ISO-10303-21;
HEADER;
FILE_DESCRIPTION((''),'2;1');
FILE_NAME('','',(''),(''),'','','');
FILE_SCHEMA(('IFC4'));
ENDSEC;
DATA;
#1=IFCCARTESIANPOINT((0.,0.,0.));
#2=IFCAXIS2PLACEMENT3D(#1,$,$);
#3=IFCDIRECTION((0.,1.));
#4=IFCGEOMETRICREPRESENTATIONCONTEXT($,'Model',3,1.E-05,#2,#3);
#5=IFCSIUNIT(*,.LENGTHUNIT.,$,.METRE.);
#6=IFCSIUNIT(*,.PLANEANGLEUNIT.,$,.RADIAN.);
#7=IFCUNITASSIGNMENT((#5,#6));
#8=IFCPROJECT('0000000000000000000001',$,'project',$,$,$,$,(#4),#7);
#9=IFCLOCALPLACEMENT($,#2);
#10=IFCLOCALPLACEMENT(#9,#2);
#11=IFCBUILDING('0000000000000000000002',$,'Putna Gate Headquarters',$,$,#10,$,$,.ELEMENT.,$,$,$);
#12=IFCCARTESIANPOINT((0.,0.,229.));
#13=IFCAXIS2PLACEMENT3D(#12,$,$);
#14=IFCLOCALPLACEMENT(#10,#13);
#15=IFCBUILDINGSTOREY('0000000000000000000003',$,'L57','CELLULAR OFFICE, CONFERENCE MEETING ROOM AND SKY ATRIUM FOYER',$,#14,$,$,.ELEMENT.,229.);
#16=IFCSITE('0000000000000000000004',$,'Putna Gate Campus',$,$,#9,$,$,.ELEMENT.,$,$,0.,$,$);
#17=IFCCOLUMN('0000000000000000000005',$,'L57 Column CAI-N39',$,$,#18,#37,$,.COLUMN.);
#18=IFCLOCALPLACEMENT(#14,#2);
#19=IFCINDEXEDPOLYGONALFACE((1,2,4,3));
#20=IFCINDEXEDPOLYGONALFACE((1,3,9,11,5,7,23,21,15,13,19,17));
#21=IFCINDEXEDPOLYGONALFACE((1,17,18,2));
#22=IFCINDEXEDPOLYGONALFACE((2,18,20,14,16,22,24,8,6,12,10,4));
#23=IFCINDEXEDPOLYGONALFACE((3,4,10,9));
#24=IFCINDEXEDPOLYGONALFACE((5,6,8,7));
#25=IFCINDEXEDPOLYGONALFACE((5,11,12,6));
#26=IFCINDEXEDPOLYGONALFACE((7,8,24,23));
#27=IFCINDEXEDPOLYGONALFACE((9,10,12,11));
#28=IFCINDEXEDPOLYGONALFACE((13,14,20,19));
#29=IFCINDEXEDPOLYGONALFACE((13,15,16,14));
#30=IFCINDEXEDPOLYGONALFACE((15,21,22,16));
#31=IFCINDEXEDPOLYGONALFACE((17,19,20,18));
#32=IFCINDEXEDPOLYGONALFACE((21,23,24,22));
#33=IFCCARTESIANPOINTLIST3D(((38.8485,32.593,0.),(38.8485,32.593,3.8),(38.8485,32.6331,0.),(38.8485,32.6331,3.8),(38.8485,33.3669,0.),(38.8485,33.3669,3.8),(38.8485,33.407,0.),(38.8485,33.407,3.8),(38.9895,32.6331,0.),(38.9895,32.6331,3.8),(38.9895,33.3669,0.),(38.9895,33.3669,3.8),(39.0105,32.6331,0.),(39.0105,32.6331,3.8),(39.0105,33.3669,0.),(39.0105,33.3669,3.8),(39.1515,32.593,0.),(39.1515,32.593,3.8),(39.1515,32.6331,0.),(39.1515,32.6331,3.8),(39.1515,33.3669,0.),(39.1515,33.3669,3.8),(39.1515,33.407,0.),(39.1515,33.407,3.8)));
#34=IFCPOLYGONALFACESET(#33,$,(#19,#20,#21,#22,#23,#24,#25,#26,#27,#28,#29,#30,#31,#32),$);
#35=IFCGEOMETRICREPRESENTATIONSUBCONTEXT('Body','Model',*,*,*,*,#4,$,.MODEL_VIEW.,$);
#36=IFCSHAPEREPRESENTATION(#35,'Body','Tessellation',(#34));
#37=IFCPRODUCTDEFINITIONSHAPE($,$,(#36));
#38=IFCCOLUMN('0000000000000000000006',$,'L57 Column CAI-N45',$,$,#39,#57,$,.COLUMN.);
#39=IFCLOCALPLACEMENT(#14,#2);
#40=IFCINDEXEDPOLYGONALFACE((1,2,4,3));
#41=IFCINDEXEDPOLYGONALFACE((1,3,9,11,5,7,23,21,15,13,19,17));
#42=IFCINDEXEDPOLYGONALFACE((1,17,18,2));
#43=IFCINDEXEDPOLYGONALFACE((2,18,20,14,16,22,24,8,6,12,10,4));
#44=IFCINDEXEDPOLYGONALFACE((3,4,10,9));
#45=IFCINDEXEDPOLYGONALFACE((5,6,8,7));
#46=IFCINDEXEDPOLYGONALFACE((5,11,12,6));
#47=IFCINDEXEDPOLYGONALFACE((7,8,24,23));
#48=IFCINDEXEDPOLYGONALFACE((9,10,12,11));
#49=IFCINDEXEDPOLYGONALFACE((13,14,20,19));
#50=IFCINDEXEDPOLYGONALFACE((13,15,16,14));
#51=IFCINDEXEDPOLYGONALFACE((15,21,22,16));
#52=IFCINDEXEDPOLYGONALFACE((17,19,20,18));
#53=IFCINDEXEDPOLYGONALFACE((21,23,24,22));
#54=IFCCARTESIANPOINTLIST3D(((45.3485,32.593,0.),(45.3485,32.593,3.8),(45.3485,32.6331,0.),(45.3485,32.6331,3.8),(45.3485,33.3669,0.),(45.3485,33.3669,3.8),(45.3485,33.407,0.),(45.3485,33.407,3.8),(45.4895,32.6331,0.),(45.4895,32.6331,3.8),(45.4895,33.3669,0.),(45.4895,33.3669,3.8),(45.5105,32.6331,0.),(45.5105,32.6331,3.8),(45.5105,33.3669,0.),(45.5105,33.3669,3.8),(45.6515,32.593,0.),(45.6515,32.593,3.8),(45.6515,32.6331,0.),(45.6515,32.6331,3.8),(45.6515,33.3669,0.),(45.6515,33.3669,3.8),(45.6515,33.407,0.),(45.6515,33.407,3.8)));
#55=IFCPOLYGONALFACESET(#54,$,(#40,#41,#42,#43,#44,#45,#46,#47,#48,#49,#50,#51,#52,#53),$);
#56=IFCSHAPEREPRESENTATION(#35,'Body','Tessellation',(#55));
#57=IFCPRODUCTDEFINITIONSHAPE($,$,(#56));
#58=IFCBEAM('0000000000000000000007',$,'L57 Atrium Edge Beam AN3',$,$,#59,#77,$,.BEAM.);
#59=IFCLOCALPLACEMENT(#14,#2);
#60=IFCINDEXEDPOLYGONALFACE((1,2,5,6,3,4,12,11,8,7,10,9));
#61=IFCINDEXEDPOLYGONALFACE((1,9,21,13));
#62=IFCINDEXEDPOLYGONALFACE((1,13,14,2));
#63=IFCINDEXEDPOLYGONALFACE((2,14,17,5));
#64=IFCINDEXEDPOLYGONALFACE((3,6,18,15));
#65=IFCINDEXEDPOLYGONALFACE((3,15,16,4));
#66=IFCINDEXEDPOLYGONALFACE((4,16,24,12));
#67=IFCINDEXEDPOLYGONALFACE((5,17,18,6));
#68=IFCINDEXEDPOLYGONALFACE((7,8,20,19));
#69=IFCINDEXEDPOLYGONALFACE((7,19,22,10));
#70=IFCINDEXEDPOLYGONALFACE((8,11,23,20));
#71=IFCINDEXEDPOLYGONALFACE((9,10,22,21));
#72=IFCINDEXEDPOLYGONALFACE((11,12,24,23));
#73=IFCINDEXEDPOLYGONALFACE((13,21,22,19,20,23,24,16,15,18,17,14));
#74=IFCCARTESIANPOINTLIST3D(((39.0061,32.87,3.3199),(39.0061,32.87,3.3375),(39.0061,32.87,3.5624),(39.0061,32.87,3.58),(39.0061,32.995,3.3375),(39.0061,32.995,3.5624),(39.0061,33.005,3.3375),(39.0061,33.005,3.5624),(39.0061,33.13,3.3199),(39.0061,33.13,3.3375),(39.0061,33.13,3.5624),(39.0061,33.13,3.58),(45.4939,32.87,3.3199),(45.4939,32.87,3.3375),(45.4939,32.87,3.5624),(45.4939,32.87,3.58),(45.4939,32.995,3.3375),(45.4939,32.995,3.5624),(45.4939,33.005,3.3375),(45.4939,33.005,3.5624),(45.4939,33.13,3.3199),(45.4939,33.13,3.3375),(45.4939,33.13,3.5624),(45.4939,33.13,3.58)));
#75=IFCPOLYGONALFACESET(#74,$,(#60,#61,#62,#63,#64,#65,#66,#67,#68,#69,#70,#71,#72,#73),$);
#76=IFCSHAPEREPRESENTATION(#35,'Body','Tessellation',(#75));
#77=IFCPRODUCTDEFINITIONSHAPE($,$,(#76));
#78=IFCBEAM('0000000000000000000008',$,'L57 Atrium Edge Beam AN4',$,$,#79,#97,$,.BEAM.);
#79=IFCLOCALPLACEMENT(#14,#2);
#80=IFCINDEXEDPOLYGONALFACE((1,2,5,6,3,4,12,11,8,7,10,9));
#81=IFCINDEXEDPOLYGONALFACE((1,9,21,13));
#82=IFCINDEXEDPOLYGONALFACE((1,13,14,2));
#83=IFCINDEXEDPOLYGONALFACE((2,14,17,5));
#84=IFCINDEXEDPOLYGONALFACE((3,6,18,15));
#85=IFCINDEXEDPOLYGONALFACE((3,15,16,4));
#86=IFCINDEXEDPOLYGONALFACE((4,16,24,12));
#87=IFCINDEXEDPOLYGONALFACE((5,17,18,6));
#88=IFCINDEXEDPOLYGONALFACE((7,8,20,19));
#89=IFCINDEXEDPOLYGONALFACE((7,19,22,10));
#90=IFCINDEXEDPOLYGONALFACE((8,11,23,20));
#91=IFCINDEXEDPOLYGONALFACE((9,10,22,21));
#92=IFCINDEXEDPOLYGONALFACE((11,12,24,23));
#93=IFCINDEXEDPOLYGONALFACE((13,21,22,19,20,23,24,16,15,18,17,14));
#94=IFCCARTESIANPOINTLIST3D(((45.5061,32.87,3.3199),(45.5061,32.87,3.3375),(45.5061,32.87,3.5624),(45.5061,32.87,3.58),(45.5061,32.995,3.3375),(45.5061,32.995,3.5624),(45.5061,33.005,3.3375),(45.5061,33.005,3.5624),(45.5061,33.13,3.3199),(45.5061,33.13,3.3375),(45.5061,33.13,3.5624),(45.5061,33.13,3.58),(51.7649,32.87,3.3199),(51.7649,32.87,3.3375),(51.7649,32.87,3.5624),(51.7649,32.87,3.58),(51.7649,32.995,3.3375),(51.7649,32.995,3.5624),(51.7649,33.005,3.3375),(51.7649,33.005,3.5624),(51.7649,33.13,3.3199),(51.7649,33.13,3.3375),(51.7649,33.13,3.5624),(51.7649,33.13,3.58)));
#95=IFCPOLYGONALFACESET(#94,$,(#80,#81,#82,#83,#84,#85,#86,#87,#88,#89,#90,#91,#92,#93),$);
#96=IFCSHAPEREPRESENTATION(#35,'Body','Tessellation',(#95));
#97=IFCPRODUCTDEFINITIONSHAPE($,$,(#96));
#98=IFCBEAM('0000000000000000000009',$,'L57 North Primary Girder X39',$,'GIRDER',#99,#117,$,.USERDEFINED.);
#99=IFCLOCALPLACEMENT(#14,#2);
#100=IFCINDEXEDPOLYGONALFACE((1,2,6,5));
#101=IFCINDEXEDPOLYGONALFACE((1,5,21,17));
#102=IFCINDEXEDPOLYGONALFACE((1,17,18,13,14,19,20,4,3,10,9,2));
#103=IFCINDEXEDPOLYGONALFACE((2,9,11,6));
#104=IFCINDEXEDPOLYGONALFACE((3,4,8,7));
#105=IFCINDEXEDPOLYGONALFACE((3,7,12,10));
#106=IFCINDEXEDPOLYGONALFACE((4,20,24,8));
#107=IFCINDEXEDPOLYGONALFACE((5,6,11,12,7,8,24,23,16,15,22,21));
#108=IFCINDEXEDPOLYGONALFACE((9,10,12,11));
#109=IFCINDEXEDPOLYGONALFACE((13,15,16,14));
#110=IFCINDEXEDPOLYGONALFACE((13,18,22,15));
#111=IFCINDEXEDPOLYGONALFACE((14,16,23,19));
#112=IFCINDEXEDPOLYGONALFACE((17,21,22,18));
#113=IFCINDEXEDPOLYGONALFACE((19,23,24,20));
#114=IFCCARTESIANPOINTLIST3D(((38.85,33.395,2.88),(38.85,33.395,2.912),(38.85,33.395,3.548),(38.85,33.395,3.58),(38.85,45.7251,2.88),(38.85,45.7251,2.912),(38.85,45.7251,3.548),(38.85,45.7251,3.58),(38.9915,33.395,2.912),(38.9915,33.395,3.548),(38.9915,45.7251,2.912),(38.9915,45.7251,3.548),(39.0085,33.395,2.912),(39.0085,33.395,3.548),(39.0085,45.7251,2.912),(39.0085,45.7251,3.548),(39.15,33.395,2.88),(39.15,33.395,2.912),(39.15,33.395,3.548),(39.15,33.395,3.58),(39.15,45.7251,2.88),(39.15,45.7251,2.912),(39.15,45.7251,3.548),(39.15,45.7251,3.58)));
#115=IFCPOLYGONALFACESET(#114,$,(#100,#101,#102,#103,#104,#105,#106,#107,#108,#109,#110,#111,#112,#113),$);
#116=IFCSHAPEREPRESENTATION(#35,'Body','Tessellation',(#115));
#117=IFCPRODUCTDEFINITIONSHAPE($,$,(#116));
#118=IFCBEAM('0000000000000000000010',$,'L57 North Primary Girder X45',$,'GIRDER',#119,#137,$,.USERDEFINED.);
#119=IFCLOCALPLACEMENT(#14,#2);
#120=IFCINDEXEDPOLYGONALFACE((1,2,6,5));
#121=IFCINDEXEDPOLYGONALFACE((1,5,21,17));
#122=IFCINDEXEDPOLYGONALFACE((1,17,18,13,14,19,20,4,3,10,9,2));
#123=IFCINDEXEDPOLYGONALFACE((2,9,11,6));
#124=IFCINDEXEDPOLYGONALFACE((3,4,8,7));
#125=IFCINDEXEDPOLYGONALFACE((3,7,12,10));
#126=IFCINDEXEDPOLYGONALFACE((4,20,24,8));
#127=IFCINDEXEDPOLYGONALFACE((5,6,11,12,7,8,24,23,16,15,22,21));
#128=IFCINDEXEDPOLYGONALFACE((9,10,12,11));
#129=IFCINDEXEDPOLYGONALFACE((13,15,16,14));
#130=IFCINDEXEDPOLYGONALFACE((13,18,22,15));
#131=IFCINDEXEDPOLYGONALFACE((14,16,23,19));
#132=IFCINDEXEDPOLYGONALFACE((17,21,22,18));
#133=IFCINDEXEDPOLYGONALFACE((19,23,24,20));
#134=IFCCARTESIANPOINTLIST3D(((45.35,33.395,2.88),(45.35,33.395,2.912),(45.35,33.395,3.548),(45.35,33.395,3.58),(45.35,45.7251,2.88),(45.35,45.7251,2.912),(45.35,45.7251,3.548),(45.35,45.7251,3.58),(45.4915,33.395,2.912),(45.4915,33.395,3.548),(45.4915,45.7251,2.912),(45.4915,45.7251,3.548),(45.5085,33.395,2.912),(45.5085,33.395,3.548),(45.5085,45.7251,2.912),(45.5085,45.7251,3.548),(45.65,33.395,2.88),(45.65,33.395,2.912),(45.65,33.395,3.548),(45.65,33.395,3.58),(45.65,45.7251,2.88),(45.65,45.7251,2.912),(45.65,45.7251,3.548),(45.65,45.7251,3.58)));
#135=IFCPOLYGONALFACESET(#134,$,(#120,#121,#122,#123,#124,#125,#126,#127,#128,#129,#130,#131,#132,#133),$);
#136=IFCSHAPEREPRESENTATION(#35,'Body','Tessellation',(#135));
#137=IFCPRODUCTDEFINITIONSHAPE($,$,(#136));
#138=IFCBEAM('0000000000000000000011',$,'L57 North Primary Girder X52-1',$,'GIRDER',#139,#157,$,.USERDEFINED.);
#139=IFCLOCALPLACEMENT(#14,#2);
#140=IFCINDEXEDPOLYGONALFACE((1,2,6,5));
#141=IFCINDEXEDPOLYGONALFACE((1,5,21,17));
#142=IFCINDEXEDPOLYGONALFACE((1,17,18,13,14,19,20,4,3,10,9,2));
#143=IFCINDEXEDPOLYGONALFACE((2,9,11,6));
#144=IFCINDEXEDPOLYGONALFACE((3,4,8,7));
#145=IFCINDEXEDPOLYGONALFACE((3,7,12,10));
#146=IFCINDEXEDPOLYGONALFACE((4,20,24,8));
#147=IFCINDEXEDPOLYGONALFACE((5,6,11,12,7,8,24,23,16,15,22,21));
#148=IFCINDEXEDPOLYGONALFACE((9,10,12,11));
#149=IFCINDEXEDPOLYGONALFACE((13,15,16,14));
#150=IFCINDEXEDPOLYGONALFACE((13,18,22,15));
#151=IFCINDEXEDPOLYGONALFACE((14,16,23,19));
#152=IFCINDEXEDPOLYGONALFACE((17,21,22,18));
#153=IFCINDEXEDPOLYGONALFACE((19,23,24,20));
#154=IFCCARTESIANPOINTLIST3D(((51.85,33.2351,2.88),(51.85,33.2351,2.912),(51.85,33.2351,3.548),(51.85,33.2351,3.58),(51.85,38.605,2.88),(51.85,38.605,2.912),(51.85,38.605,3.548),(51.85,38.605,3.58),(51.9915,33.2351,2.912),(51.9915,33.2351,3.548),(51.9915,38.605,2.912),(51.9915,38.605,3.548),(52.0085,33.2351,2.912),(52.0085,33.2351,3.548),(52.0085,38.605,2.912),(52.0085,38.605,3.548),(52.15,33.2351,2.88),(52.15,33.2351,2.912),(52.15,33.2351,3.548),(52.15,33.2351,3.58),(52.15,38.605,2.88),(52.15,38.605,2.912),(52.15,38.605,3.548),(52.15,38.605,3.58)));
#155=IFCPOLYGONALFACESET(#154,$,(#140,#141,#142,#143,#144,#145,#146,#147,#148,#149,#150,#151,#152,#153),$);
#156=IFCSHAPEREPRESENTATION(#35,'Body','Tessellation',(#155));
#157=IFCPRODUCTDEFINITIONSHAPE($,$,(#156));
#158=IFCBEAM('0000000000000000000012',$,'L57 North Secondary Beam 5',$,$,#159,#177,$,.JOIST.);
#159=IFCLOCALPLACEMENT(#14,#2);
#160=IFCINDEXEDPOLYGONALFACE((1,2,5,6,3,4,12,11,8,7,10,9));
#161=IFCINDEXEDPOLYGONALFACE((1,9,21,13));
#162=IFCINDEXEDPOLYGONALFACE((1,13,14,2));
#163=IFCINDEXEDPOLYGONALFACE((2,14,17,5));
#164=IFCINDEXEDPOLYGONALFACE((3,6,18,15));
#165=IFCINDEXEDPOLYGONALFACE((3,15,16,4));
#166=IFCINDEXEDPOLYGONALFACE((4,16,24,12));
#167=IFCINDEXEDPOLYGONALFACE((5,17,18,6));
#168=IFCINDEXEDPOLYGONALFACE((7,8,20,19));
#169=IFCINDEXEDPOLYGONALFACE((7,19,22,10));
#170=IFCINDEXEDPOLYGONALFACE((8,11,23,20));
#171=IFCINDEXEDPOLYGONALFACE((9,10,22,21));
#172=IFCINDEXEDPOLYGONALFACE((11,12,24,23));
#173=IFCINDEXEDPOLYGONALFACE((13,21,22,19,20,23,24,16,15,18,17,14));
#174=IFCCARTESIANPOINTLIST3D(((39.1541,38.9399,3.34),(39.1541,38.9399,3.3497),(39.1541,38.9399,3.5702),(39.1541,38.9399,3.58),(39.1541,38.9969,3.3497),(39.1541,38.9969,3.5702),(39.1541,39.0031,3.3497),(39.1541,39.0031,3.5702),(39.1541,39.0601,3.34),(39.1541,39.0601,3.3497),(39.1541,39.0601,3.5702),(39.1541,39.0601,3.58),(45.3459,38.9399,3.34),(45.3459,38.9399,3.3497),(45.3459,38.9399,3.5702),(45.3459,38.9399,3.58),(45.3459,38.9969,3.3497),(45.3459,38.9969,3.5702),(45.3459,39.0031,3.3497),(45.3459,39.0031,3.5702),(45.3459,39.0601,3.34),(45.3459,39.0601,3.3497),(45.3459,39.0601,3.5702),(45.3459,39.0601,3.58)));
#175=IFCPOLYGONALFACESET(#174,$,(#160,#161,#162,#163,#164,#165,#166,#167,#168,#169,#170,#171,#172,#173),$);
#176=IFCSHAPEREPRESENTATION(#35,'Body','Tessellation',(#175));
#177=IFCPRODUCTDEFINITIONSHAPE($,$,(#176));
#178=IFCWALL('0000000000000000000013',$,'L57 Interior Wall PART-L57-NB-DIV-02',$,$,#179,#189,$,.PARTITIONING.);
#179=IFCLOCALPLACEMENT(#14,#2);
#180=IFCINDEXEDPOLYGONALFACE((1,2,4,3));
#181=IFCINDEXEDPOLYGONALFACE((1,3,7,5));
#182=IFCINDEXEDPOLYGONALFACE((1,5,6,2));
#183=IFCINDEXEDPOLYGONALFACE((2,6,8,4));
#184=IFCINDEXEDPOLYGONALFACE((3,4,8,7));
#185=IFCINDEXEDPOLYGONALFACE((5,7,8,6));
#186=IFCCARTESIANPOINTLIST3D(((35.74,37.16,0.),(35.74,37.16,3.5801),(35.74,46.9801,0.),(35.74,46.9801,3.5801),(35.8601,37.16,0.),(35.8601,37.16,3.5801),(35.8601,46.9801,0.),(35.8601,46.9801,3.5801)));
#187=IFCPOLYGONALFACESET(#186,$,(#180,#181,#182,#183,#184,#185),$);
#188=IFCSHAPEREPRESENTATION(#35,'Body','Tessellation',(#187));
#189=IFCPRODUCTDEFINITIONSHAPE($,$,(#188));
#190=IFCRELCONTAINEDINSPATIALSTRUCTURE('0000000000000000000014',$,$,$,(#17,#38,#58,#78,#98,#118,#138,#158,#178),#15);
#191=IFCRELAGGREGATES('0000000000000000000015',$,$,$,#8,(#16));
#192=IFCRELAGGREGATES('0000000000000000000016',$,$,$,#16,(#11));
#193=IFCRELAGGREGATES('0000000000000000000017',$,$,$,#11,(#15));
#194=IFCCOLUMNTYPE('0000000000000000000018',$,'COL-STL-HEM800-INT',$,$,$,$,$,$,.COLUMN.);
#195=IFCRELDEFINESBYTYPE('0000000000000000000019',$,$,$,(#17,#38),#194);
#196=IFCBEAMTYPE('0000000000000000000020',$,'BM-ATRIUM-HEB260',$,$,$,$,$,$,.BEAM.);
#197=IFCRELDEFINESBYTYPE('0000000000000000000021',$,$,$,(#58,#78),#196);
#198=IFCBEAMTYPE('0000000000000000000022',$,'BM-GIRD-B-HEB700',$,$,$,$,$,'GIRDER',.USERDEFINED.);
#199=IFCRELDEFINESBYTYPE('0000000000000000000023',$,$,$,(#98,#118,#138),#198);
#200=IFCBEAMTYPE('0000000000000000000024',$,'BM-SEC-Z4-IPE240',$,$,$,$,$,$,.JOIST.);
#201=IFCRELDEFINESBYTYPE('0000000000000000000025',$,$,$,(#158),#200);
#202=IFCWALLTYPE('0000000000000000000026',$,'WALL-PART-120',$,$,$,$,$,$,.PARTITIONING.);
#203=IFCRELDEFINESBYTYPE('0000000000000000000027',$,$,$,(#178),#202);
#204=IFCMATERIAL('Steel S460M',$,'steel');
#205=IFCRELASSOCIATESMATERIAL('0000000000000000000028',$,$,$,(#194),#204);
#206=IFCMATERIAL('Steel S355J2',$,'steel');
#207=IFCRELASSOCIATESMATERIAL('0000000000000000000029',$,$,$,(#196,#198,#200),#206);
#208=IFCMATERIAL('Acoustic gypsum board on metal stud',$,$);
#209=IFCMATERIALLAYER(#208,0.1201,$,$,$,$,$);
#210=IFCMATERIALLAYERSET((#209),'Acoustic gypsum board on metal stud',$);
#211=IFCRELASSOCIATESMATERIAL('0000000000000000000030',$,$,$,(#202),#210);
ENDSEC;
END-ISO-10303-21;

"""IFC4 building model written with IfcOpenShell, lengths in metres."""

from ifc_helpers import new_model, si_unit, direction, frame, frame_2d, origin, origin_2d, place, context, subcontext, project, spatial, rectangle, i_section, extrude, material, layer, layer_set, material_profile, profile_set, type_object, element, save


model = new_model("IFC4")

# Units and contexts
model_context = context("Model", 3, precision=1e-05, world=origin(), true_north=direction((0.0, 1.0)))
body_context = subcontext(model_context, "Body", "Model", "MODEL_VIEW")
ifc_project = project(units=[si_unit("LENGTHUNIT", "METRE"), si_unit("PLANEANGLEUNIT", "RADIAN")], contexts=[model_context])

# Site, building, storey
site_placement = place(None, origin())
site = spatial("IfcSite", under=ifc_project, at=site_placement, Name="Putna Gate Campus", CompositionType="ELEMENT", RefElevation=0.0)
building_placement = place(site_placement, origin())
building = spatial("IfcBuilding", under=site, at=building_placement, Name="Putna Gate Headquarters", CompositionType="ELEMENT")
storey_placement = place(building_placement, frame((0.0, 0.0, 229.0)))
storey = spatial("IfcBuildingStorey", under=building, at=storey_placement, Name="L57", Description="CELLULAR OFFICE, CONFERENCE MEETING ROOM AND SKY ATRIUM FOYER", CompositionType="ELEMENT", Elevation=229.0)

# Columns
ifc_material_1 = material(Name="Steel S460M", Category="steel")
ifc_material_profile_1 = material_profile(ifc_material_1, i_section(OverallWidth=0.303, OverallDepth=0.814, WebThickness=0.021, FlangeThickness=0.04, at=origin_2d()), Name="Steel S460M")
ifc_profile_set_1 = profile_set([ifc_material_profile_1], Name="Steel S460M")
column_type = type_object("IfcColumnType", Name="COL-STL-HEM800-INT", PredefinedType="COLUMN", material=ifc_profile_set_1)
for number, where, z_axis, x_axis, name in (
    (1, (39.0, 33.0, 0.0), (0.0, 0.0, 1.0), (1.0, 0.0, 0.0), "L57 Column CAI-N39"),
    (2, (45.5, 33.0, 0.0), (0.0, 0.0, 1.0), (1.0, 0.0, 0.0), "L57 Column CAI-N45"),
):
    element("IfcColumn", number, at=place(storey_placement, frame(where, z_axis=z_axis, x_axis=x_axis)), inside=storey, type_object=column_type, Name=name, PredefinedType="COLUMN", context=body_context, shape_type="SweptSolid", body=[
        extrude(i_section(OverallWidth=0.303, OverallDepth=0.814, WebThickness=0.021, FlangeThickness=0.04, at=origin_2d()), origin(), (0.0, 0.0, 1.0), 3.8),
    ])

# Beams
ifc_material_2 = material(Name="Steel S355J2", Category="steel")
ifc_material_profile_2 = material_profile(ifc_material_2, i_section(OverallWidth=0.26, OverallDepth=0.26, WebThickness=0.01, FlangeThickness=0.0176, at=origin_2d()), Name="Steel S355J2")
ifc_profile_set_2 = profile_set([ifc_material_profile_2], Name="Steel S355J2")
beam_type_1 = type_object("IfcBeamType", Name="BM-ATRIUM-HEB260", PredefinedType="BEAM", material=ifc_profile_set_2)
beam_1_placement = place(storey_placement, frame((39.0061, 33.0, 3.45), z_axis=(1.0, 0.0, 0.0), x_axis=(0.0, 1.0, 0.0)))
element("IfcBeam", 3, at=beam_1_placement, inside=storey, type_object=beam_type_1, Name="L57 Atrium Edge Beam AN3", PredefinedType="BEAM", context=body_context, shape_type="SweptSolid", body=[
    extrude(i_section(OverallWidth=0.26, OverallDepth=0.26, WebThickness=0.01, FlangeThickness=0.0176, at=origin_2d()), origin(), (0.0, 0.0, 1.0), 6.4878),
])
beam_2_placement = place(storey_placement, frame((45.5061, 33.0, 3.45), z_axis=(1.0, 0.0, 0.0), x_axis=(0.0, 1.0, 0.0)))
element("IfcBeam", 4, at=beam_2_placement, inside=storey, type_object=beam_type_1, Name="L57 Atrium Edge Beam AN4", PredefinedType="BEAM", context=body_context, shape_type="SweptSolid", body=[
    extrude(i_section(OverallWidth=0.26, OverallDepth=0.26, WebThickness=0.01, FlangeThickness=0.0176, at=origin_2d()), origin(), (0.0, 0.0, 1.0), 6.2588),
])
ifc_material_profile_3 = material_profile(ifc_material_2, i_section(OverallWidth=0.3, OverallDepth=0.7, WebThickness=0.0171, FlangeThickness=0.032, at=origin_2d()), Name="Steel S355J2")
ifc_profile_set_3 = profile_set([ifc_material_profile_3], Name="Steel S355J2")
beam_type_2 = type_object("IfcBeamType", Name="BM-GIRD-B-HEB700", ElementType="GIRDER", PredefinedType="USERDEFINED", material=ifc_profile_set_3)
for number, where, z_axis, x_axis, name in (
    (5, (39.0, 33.395, 3.23), (0.0, 1.0, 0.0), (-1.0, 0.0, 0.0), "L57 North Primary Girder X39"),
    (6, (45.5, 33.395, 3.23), (0.0, 1.0, 0.0), (-1.0, 0.0, 0.0), "L57 North Primary Girder X45"),
):
    element("IfcBeam", number, at=place(storey_placement, frame(where, z_axis=z_axis, x_axis=x_axis)), inside=storey, type_object=beam_type_2, Name=name, ObjectType="GIRDER", PredefinedType="USERDEFINED", context=body_context, shape_type="SweptSolid", body=[
        extrude(i_section(OverallWidth=0.3, OverallDepth=0.7, WebThickness=0.0171, FlangeThickness=0.032, at=origin_2d()), origin(), (0.0, 0.0, 1.0), 12.3301),
    ])
beam_3_placement = place(storey_placement, frame((52.0, 33.2351, 3.23), z_axis=(0.0, 1.0, 0.0), x_axis=(-1.0, 0.0, 0.0)))
element("IfcBeam", 7, at=beam_3_placement, inside=storey, type_object=beam_type_2, Name="L57 North Primary Girder X52-1", ObjectType="GIRDER", PredefinedType="USERDEFINED", context=body_context, shape_type="SweptSolid", body=[
    extrude(i_section(OverallWidth=0.3, OverallDepth=0.7, WebThickness=0.0171, FlangeThickness=0.032, at=origin_2d()), origin(), (0.0, 0.0, 1.0), 5.3699),
])
ifc_material_profile_4 = material_profile(ifc_material_2, i_section(OverallWidth=0.1201, OverallDepth=0.24, WebThickness=0.0061, FlangeThickness=0.0098, at=origin_2d()), Name="Steel S355J2")
ifc_profile_set_4 = profile_set([ifc_material_profile_4], Name="Steel S355J2")
beam_type_3 = type_object("IfcBeamType", Name="BM-SEC-Z4-IPE240", PredefinedType="JOIST", material=ifc_profile_set_4)
beam_4_placement = place(storey_placement, frame((39.1541, 39.0, 3.46), z_axis=(1.0, 0.0, 0.0), x_axis=(0.0, 1.0, 0.0)))
element("IfcBeam", 8, at=beam_4_placement, inside=storey, type_object=beam_type_3, Name="L57 North Secondary Beam 5", PredefinedType="JOIST", context=body_context, shape_type="SweptSolid", body=[
    extrude(i_section(OverallWidth=0.1201, OverallDepth=0.24, WebThickness=0.0061, FlangeThickness=0.0098, at=origin_2d()), origin(), (0.0, 0.0, 1.0), 6.1919),
])

# Shared definitions
ifc_material_3 = material(Name="Acoustic gypsum board on metal stud")
ifc_layer_1 = layer(ifc_material_3, 0.1201)
ifc_layer_set_1 = layer_set([ifc_layer_1], Name="Acoustic gypsum board on metal stud")
wall_type_1 = type_object("IfcWallType", Name="WALL-PART-120", PredefinedType="PARTITIONING", material=ifc_layer_set_1)

# Wall
for number, where, z_axis, x_axis, name in (
    (9, (35.8, 37.1599, 0.0), (0.0, 0.0, 1.0), (0.0, 1.0, 0.0), "L57 Interior Wall PART-L57-NB-DIV-02"),
):
    element("IfcWall", number, at=place(storey_placement, frame(where, z_axis=z_axis, x_axis=x_axis)), inside=storey, type_object=wall_type_1, Name=name, PredefinedType="PARTITIONING", context=body_context, shape_type="SweptSolid", body=[
        extrude(rectangle(XDim=9.8201, YDim=0.1201, at=frame_2d((4.9102, 0.0))), origin(), (0.0, 0.0, 1.0), 3.5801),
    ])

save(model, "model.ifc")
